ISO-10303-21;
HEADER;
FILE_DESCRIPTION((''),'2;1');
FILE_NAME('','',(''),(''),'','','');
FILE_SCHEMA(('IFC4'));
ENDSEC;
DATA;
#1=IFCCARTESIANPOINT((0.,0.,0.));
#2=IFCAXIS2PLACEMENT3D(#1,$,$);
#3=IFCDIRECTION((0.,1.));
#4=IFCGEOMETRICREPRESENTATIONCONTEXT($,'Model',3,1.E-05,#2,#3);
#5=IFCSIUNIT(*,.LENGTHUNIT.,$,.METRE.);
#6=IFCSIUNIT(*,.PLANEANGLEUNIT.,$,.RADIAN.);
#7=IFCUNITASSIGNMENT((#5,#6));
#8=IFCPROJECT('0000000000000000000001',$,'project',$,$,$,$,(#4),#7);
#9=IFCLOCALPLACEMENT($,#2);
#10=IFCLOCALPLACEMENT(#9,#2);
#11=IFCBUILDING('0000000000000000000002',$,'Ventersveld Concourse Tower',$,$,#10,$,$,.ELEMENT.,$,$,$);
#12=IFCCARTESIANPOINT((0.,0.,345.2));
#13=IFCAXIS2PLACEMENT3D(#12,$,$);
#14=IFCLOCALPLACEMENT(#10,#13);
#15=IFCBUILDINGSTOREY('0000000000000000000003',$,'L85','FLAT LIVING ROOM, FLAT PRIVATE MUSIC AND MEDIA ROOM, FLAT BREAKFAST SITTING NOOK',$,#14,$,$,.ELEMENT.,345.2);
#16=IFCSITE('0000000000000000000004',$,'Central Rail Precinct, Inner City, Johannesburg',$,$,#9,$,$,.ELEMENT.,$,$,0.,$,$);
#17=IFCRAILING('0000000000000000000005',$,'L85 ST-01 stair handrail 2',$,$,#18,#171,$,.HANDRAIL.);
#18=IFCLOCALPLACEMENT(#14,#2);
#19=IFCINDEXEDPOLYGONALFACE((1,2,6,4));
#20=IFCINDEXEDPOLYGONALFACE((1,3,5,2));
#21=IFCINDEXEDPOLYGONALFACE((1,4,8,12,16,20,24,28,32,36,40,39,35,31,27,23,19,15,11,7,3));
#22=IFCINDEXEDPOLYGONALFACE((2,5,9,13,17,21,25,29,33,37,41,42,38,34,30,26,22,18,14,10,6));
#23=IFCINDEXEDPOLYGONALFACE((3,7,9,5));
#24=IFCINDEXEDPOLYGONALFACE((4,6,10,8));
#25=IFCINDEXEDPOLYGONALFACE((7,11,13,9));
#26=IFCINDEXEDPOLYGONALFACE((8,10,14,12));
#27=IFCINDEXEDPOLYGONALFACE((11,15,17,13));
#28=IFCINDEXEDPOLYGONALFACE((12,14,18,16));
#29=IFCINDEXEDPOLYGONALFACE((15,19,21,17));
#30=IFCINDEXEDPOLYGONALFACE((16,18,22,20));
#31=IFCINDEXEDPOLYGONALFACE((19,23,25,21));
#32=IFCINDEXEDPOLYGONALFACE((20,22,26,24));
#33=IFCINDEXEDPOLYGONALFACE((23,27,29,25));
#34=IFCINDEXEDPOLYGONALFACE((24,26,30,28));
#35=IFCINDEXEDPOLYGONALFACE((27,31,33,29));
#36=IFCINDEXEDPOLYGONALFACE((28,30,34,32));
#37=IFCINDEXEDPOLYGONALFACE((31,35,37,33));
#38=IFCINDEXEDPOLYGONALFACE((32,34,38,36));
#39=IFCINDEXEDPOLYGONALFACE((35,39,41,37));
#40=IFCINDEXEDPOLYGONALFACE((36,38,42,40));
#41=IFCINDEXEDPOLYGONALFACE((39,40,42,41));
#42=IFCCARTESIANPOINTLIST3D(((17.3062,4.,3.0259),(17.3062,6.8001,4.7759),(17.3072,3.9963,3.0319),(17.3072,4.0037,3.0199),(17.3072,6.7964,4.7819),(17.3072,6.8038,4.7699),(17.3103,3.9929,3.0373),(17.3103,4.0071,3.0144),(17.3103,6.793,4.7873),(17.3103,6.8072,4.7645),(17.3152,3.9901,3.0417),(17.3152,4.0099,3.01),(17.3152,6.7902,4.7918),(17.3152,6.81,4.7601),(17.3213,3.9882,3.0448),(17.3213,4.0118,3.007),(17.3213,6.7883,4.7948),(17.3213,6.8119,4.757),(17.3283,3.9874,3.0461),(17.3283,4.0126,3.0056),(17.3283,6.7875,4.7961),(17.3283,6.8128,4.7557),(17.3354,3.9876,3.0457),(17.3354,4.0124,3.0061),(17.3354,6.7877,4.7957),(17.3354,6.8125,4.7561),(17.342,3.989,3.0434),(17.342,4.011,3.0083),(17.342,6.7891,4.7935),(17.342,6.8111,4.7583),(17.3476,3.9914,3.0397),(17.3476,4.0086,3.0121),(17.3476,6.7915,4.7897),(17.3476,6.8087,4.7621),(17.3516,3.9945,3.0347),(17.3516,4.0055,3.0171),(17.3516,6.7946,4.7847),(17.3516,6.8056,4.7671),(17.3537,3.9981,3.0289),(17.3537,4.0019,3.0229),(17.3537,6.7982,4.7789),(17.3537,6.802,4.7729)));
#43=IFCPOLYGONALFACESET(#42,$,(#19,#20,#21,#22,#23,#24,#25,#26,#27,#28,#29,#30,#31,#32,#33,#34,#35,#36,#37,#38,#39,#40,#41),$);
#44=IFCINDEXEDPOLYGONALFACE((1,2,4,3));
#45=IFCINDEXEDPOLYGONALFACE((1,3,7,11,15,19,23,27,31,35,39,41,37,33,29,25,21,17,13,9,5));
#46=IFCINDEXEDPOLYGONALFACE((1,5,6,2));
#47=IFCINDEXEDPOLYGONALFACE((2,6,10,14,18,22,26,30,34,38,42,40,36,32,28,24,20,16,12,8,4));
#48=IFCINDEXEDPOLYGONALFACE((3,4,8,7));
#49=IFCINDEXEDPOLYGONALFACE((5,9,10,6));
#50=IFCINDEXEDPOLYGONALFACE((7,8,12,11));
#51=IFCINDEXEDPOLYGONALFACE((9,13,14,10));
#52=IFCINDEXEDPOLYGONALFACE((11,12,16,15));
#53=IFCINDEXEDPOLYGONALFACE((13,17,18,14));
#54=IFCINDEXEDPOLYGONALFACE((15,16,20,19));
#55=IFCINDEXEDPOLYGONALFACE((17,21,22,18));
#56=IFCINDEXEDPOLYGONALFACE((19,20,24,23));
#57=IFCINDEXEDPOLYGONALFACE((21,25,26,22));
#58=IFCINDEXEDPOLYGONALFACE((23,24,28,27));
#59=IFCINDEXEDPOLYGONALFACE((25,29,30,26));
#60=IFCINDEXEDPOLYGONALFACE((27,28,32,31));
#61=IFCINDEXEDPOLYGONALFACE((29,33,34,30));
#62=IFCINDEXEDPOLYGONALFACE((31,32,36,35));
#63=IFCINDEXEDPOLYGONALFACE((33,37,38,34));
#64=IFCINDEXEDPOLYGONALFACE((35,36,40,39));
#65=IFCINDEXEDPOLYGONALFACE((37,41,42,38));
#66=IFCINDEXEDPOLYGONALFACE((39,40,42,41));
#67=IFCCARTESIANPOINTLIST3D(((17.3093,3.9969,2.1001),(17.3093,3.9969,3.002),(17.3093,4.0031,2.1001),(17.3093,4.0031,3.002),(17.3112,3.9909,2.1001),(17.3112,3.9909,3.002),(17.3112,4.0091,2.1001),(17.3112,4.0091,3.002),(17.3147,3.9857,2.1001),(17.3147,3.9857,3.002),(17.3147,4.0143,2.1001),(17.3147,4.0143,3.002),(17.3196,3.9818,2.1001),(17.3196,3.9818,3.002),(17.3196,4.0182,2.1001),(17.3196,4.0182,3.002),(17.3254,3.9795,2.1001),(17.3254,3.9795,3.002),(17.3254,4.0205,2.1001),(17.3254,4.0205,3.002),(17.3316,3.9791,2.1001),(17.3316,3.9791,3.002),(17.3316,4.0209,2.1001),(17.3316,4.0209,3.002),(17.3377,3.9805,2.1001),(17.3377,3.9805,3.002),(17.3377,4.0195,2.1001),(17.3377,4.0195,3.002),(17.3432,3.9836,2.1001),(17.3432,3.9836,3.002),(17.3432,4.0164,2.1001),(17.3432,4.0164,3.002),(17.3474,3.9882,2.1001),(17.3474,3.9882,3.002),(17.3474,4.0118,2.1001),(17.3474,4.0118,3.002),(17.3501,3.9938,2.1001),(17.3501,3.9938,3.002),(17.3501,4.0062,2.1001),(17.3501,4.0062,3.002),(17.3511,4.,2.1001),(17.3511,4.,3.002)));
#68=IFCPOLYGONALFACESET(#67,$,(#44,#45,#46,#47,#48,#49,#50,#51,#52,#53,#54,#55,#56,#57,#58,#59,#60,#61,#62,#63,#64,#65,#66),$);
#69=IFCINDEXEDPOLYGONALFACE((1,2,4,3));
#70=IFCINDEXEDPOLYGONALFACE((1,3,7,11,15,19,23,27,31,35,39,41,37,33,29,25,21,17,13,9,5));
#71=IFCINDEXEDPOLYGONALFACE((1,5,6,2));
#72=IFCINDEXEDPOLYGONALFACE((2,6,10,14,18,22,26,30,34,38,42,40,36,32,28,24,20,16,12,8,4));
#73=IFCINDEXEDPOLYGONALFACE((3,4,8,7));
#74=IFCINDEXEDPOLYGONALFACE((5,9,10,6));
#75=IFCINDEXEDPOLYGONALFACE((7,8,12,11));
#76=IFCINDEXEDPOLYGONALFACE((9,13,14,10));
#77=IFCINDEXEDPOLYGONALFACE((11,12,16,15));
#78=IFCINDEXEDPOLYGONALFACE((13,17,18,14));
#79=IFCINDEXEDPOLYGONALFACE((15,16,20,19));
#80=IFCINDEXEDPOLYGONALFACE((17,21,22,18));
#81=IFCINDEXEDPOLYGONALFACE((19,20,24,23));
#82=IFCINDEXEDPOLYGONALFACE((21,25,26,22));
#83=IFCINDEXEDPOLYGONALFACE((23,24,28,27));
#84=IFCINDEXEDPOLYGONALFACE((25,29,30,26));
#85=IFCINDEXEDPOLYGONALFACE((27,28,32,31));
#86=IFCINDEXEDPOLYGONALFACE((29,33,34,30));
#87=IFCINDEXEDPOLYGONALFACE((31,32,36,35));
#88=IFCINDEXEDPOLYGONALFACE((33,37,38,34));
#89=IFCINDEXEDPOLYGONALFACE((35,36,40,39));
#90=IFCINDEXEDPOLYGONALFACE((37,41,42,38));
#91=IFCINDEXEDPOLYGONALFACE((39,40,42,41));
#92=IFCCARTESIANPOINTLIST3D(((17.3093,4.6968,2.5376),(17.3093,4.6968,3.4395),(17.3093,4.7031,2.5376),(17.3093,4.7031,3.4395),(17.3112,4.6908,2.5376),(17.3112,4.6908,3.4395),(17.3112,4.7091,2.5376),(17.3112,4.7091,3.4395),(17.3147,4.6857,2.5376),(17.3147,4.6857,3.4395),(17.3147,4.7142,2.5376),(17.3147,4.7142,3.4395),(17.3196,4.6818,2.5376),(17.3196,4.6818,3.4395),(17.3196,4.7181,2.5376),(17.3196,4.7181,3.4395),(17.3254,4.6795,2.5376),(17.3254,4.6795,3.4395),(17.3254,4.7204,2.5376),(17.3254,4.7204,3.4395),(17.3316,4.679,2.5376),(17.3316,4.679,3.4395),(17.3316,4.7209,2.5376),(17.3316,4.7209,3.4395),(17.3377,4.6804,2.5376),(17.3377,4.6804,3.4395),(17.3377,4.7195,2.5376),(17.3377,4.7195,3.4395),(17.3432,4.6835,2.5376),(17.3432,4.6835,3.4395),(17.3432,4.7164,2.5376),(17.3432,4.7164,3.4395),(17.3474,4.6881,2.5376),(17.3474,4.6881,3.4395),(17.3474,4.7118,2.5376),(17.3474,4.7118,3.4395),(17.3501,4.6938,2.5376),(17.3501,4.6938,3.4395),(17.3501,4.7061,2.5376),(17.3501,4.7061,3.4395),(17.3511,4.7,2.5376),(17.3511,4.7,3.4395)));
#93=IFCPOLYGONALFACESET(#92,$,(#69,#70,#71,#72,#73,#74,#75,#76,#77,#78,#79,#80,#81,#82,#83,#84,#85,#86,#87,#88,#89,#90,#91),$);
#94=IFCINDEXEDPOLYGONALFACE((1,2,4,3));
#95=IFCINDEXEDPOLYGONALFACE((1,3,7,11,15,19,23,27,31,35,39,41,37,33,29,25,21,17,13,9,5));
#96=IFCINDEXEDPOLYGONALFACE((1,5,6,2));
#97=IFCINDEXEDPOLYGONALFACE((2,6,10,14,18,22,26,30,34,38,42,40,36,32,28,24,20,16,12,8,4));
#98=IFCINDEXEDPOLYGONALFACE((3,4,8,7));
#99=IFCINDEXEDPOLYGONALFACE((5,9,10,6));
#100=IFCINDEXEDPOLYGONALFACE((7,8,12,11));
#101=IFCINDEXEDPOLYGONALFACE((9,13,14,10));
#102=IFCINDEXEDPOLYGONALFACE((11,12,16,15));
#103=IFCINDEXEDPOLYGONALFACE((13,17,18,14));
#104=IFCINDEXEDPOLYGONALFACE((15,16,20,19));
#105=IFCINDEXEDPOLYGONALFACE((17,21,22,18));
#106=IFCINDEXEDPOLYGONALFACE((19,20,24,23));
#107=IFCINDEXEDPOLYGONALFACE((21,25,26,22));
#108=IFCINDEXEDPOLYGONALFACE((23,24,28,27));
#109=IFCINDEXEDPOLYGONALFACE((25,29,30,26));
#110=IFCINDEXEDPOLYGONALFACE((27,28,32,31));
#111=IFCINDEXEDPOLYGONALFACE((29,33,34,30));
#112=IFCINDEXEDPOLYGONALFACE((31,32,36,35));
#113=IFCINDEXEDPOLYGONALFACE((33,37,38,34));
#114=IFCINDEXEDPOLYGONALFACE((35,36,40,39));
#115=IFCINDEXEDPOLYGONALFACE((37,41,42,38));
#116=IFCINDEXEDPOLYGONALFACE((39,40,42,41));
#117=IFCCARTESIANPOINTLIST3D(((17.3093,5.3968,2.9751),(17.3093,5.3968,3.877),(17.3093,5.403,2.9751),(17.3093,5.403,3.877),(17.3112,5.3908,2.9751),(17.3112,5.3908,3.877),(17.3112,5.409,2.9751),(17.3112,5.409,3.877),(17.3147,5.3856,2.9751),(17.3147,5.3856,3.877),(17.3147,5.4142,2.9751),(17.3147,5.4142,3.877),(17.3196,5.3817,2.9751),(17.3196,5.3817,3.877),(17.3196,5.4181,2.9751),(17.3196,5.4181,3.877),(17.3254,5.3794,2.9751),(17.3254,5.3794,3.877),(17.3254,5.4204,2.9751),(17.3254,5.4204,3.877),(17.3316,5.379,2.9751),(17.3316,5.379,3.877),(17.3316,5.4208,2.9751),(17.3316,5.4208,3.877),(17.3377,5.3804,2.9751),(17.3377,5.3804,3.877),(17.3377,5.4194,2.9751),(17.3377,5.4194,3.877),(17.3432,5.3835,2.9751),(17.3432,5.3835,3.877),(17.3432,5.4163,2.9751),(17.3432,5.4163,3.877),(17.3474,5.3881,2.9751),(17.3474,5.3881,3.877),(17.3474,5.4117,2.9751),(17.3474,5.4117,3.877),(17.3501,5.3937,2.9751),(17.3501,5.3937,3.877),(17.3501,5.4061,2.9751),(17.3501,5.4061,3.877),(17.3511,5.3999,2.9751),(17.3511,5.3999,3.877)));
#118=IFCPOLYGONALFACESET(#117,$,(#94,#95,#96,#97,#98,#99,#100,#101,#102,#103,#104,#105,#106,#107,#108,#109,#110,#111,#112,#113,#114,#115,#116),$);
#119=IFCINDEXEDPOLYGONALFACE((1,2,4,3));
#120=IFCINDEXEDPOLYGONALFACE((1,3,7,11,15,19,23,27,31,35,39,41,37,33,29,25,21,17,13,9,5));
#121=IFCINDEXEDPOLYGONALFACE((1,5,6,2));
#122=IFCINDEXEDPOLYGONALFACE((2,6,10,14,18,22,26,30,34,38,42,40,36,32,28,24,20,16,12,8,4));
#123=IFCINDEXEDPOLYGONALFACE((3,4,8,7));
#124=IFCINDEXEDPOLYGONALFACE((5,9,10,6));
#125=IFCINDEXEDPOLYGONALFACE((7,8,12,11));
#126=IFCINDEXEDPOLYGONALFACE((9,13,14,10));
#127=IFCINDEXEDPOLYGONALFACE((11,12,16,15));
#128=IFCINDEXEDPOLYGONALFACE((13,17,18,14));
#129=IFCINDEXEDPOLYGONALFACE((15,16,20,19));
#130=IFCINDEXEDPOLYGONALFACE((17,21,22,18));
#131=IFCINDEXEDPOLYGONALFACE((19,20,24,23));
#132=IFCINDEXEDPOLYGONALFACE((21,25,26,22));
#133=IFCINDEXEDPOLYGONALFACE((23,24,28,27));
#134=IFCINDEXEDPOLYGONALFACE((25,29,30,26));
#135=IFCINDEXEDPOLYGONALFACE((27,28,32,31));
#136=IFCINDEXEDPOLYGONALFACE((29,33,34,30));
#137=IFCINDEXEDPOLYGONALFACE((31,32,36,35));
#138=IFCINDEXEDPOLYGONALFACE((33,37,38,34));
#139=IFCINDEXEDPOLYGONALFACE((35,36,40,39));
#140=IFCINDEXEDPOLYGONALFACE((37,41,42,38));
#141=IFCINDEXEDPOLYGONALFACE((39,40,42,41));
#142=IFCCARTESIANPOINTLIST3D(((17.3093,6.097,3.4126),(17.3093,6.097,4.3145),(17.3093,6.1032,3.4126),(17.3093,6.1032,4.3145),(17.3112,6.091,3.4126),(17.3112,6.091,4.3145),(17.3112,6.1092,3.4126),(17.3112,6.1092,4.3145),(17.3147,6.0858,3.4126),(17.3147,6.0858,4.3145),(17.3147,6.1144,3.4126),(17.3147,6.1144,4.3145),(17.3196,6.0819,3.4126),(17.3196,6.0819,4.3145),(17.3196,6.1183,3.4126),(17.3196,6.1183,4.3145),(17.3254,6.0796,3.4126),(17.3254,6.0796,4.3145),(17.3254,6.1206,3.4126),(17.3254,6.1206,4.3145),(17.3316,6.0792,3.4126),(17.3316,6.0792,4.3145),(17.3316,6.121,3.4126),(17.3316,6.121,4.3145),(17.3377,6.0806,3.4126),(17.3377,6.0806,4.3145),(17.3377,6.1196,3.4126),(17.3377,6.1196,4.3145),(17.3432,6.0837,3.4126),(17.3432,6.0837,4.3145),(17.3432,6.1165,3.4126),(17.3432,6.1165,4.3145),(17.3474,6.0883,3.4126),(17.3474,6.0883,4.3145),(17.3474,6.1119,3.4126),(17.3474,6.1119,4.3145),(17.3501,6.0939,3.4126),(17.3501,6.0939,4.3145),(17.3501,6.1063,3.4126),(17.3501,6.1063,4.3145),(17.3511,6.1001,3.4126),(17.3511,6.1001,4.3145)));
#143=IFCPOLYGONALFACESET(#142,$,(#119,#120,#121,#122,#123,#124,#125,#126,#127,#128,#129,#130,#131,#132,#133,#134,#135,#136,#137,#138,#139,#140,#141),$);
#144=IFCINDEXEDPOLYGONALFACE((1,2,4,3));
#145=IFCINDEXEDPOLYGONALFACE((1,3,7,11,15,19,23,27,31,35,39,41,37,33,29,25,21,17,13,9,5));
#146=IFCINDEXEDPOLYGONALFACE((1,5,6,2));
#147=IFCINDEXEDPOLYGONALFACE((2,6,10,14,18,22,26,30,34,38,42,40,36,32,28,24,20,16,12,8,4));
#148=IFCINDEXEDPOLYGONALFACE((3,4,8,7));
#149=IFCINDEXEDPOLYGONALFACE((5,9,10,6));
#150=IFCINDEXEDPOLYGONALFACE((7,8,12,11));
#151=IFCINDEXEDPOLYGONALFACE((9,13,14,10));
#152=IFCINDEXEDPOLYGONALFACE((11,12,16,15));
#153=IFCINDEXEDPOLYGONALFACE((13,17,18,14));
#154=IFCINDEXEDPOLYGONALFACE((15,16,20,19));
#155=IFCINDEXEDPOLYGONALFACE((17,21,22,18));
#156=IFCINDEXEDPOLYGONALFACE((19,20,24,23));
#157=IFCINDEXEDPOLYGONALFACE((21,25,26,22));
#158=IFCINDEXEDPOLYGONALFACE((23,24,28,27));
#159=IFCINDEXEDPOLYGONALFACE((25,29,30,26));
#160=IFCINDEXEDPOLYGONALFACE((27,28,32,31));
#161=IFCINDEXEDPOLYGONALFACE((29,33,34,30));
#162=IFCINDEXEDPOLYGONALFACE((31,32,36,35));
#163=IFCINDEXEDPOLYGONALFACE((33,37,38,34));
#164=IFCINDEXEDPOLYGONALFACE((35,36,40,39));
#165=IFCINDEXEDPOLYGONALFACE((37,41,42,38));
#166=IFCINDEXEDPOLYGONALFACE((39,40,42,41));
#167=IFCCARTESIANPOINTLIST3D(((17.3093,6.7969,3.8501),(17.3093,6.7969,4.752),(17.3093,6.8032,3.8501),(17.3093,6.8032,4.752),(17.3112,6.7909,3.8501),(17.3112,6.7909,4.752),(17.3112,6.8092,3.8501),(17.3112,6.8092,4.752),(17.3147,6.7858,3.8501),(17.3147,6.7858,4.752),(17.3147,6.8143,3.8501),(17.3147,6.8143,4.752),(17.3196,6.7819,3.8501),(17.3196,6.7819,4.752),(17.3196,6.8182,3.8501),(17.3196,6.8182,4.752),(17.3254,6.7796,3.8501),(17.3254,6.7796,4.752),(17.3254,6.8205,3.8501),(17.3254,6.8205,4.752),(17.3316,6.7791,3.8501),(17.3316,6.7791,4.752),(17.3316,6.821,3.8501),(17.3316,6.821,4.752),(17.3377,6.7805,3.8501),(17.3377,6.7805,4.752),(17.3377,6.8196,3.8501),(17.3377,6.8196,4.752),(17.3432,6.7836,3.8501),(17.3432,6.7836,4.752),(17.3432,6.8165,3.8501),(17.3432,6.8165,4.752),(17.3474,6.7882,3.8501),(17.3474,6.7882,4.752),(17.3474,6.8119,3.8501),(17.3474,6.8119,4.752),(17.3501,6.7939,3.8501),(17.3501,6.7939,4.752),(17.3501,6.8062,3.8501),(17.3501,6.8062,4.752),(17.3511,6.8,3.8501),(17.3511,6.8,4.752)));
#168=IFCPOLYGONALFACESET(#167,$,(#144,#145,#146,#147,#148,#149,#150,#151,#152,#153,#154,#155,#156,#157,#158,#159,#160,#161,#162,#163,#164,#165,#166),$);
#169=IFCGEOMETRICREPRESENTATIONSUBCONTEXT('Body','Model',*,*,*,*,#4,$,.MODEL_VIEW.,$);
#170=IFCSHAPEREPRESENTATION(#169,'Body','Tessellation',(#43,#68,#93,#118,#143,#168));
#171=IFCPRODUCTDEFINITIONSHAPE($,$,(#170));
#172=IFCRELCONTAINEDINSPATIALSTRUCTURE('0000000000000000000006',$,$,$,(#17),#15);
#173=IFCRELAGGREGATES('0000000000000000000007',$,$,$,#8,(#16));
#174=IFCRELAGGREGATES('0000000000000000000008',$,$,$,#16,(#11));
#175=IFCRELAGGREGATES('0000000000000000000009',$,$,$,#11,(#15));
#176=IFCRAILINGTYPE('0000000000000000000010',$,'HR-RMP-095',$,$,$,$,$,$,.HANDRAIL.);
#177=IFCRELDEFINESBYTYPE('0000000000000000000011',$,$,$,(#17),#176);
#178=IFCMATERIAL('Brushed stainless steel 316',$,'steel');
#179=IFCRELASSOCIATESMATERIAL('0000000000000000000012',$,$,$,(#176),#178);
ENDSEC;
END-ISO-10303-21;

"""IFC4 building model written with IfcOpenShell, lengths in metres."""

from ifc_helpers import new_model, si_unit, direction, frame, origin, origin_2d, place, context, subcontext, project, spatial, circle, extrude, material, type_object, element, save


model = new_model("IFC4")

# Units and contexts
model_context = context("Model", 3, precision=1e-05, world=origin(), true_north=direction((0.0, 1.0)))
body_context = subcontext(model_context, "Body", "Model", "MODEL_VIEW")
ifc_project = project(units=[si_unit("LENGTHUNIT", "METRE"), si_unit("PLANEANGLEUNIT", "RADIAN")], contexts=[model_context])

# Site, building, storey
site_placement = place(None, origin())
site = spatial("IfcSite", under=ifc_project, at=site_placement, Name="Central Rail Precinct, Inner City, Johannesburg", CompositionType="ELEMENT", RefElevation=0.0)
building_placement = place(site_placement, origin())
building = spatial("IfcBuilding", under=site, at=building_placement, Name="Ventersveld Concourse Tower", CompositionType="ELEMENT")
storey_placement = place(building_placement, frame((0.0, 0.0, 345.2)))
storey = spatial("IfcBuildingStorey", under=building, at=storey_placement, Name="L85", Description="FLAT LIVING ROOM, FLAT PRIVATE MUSIC AND MEDIA ROOM, FLAT BREAKFAST SITTING NOOK", CompositionType="ELEMENT", Elevation=345.2)

# Railing
ifc_material_1 = material(Name="Brushed stainless steel 316", Category="steel")
railing_type_1 = type_object("IfcRailingType", Name="HR-RMP-095", PredefinedType="HANDRAIL", material=ifc_material_1)
railing_1_placement = place(storey_placement, frame((17.3301, 4.0, 2.1001)))
element("IfcRailing", 1, at=railing_1_placement, inside=storey, type_object=railing_type_1, Name="L85 ST-01 stair handrail 2", PredefinedType="HANDRAIL", context=body_context, shape_type="SweptSolid", body=[
    extrude(circle(Radius=0.0239, at=origin_2d()), frame((0.0, 0.0, 0.9258), z_axis=(0.0, 0.848002, 0.529992), x_axis=(-1.0, 0.0, 0.0)), (0.0, 0.0, 1.0), 3.302),
    extrude(circle(Radius=0.021, at=origin_2d()), origin(), (0.0, 0.0, 1.0), 0.9019),
    extrude(circle(Radius=0.021, at=origin_2d()), frame((0.0, 0.7, 0.4375)), (0.0, 0.0, 1.0), 0.9019),
    extrude(circle(Radius=0.021, at=origin_2d()), frame((0.0, 1.3999, 0.875)), (0.0, 0.0, 1.0), 0.9019),
    extrude(circle(Radius=0.021, at=origin_2d()), frame((0.0, 2.1001, 1.3125)), (0.0, 0.0, 1.0), 0.9019),
    extrude(circle(Radius=0.021, at=origin_2d()), frame((0.0, 2.8, 1.75)), (0.0, 0.0, 1.0), 0.9019),
])

save(model, "model.ifc")
